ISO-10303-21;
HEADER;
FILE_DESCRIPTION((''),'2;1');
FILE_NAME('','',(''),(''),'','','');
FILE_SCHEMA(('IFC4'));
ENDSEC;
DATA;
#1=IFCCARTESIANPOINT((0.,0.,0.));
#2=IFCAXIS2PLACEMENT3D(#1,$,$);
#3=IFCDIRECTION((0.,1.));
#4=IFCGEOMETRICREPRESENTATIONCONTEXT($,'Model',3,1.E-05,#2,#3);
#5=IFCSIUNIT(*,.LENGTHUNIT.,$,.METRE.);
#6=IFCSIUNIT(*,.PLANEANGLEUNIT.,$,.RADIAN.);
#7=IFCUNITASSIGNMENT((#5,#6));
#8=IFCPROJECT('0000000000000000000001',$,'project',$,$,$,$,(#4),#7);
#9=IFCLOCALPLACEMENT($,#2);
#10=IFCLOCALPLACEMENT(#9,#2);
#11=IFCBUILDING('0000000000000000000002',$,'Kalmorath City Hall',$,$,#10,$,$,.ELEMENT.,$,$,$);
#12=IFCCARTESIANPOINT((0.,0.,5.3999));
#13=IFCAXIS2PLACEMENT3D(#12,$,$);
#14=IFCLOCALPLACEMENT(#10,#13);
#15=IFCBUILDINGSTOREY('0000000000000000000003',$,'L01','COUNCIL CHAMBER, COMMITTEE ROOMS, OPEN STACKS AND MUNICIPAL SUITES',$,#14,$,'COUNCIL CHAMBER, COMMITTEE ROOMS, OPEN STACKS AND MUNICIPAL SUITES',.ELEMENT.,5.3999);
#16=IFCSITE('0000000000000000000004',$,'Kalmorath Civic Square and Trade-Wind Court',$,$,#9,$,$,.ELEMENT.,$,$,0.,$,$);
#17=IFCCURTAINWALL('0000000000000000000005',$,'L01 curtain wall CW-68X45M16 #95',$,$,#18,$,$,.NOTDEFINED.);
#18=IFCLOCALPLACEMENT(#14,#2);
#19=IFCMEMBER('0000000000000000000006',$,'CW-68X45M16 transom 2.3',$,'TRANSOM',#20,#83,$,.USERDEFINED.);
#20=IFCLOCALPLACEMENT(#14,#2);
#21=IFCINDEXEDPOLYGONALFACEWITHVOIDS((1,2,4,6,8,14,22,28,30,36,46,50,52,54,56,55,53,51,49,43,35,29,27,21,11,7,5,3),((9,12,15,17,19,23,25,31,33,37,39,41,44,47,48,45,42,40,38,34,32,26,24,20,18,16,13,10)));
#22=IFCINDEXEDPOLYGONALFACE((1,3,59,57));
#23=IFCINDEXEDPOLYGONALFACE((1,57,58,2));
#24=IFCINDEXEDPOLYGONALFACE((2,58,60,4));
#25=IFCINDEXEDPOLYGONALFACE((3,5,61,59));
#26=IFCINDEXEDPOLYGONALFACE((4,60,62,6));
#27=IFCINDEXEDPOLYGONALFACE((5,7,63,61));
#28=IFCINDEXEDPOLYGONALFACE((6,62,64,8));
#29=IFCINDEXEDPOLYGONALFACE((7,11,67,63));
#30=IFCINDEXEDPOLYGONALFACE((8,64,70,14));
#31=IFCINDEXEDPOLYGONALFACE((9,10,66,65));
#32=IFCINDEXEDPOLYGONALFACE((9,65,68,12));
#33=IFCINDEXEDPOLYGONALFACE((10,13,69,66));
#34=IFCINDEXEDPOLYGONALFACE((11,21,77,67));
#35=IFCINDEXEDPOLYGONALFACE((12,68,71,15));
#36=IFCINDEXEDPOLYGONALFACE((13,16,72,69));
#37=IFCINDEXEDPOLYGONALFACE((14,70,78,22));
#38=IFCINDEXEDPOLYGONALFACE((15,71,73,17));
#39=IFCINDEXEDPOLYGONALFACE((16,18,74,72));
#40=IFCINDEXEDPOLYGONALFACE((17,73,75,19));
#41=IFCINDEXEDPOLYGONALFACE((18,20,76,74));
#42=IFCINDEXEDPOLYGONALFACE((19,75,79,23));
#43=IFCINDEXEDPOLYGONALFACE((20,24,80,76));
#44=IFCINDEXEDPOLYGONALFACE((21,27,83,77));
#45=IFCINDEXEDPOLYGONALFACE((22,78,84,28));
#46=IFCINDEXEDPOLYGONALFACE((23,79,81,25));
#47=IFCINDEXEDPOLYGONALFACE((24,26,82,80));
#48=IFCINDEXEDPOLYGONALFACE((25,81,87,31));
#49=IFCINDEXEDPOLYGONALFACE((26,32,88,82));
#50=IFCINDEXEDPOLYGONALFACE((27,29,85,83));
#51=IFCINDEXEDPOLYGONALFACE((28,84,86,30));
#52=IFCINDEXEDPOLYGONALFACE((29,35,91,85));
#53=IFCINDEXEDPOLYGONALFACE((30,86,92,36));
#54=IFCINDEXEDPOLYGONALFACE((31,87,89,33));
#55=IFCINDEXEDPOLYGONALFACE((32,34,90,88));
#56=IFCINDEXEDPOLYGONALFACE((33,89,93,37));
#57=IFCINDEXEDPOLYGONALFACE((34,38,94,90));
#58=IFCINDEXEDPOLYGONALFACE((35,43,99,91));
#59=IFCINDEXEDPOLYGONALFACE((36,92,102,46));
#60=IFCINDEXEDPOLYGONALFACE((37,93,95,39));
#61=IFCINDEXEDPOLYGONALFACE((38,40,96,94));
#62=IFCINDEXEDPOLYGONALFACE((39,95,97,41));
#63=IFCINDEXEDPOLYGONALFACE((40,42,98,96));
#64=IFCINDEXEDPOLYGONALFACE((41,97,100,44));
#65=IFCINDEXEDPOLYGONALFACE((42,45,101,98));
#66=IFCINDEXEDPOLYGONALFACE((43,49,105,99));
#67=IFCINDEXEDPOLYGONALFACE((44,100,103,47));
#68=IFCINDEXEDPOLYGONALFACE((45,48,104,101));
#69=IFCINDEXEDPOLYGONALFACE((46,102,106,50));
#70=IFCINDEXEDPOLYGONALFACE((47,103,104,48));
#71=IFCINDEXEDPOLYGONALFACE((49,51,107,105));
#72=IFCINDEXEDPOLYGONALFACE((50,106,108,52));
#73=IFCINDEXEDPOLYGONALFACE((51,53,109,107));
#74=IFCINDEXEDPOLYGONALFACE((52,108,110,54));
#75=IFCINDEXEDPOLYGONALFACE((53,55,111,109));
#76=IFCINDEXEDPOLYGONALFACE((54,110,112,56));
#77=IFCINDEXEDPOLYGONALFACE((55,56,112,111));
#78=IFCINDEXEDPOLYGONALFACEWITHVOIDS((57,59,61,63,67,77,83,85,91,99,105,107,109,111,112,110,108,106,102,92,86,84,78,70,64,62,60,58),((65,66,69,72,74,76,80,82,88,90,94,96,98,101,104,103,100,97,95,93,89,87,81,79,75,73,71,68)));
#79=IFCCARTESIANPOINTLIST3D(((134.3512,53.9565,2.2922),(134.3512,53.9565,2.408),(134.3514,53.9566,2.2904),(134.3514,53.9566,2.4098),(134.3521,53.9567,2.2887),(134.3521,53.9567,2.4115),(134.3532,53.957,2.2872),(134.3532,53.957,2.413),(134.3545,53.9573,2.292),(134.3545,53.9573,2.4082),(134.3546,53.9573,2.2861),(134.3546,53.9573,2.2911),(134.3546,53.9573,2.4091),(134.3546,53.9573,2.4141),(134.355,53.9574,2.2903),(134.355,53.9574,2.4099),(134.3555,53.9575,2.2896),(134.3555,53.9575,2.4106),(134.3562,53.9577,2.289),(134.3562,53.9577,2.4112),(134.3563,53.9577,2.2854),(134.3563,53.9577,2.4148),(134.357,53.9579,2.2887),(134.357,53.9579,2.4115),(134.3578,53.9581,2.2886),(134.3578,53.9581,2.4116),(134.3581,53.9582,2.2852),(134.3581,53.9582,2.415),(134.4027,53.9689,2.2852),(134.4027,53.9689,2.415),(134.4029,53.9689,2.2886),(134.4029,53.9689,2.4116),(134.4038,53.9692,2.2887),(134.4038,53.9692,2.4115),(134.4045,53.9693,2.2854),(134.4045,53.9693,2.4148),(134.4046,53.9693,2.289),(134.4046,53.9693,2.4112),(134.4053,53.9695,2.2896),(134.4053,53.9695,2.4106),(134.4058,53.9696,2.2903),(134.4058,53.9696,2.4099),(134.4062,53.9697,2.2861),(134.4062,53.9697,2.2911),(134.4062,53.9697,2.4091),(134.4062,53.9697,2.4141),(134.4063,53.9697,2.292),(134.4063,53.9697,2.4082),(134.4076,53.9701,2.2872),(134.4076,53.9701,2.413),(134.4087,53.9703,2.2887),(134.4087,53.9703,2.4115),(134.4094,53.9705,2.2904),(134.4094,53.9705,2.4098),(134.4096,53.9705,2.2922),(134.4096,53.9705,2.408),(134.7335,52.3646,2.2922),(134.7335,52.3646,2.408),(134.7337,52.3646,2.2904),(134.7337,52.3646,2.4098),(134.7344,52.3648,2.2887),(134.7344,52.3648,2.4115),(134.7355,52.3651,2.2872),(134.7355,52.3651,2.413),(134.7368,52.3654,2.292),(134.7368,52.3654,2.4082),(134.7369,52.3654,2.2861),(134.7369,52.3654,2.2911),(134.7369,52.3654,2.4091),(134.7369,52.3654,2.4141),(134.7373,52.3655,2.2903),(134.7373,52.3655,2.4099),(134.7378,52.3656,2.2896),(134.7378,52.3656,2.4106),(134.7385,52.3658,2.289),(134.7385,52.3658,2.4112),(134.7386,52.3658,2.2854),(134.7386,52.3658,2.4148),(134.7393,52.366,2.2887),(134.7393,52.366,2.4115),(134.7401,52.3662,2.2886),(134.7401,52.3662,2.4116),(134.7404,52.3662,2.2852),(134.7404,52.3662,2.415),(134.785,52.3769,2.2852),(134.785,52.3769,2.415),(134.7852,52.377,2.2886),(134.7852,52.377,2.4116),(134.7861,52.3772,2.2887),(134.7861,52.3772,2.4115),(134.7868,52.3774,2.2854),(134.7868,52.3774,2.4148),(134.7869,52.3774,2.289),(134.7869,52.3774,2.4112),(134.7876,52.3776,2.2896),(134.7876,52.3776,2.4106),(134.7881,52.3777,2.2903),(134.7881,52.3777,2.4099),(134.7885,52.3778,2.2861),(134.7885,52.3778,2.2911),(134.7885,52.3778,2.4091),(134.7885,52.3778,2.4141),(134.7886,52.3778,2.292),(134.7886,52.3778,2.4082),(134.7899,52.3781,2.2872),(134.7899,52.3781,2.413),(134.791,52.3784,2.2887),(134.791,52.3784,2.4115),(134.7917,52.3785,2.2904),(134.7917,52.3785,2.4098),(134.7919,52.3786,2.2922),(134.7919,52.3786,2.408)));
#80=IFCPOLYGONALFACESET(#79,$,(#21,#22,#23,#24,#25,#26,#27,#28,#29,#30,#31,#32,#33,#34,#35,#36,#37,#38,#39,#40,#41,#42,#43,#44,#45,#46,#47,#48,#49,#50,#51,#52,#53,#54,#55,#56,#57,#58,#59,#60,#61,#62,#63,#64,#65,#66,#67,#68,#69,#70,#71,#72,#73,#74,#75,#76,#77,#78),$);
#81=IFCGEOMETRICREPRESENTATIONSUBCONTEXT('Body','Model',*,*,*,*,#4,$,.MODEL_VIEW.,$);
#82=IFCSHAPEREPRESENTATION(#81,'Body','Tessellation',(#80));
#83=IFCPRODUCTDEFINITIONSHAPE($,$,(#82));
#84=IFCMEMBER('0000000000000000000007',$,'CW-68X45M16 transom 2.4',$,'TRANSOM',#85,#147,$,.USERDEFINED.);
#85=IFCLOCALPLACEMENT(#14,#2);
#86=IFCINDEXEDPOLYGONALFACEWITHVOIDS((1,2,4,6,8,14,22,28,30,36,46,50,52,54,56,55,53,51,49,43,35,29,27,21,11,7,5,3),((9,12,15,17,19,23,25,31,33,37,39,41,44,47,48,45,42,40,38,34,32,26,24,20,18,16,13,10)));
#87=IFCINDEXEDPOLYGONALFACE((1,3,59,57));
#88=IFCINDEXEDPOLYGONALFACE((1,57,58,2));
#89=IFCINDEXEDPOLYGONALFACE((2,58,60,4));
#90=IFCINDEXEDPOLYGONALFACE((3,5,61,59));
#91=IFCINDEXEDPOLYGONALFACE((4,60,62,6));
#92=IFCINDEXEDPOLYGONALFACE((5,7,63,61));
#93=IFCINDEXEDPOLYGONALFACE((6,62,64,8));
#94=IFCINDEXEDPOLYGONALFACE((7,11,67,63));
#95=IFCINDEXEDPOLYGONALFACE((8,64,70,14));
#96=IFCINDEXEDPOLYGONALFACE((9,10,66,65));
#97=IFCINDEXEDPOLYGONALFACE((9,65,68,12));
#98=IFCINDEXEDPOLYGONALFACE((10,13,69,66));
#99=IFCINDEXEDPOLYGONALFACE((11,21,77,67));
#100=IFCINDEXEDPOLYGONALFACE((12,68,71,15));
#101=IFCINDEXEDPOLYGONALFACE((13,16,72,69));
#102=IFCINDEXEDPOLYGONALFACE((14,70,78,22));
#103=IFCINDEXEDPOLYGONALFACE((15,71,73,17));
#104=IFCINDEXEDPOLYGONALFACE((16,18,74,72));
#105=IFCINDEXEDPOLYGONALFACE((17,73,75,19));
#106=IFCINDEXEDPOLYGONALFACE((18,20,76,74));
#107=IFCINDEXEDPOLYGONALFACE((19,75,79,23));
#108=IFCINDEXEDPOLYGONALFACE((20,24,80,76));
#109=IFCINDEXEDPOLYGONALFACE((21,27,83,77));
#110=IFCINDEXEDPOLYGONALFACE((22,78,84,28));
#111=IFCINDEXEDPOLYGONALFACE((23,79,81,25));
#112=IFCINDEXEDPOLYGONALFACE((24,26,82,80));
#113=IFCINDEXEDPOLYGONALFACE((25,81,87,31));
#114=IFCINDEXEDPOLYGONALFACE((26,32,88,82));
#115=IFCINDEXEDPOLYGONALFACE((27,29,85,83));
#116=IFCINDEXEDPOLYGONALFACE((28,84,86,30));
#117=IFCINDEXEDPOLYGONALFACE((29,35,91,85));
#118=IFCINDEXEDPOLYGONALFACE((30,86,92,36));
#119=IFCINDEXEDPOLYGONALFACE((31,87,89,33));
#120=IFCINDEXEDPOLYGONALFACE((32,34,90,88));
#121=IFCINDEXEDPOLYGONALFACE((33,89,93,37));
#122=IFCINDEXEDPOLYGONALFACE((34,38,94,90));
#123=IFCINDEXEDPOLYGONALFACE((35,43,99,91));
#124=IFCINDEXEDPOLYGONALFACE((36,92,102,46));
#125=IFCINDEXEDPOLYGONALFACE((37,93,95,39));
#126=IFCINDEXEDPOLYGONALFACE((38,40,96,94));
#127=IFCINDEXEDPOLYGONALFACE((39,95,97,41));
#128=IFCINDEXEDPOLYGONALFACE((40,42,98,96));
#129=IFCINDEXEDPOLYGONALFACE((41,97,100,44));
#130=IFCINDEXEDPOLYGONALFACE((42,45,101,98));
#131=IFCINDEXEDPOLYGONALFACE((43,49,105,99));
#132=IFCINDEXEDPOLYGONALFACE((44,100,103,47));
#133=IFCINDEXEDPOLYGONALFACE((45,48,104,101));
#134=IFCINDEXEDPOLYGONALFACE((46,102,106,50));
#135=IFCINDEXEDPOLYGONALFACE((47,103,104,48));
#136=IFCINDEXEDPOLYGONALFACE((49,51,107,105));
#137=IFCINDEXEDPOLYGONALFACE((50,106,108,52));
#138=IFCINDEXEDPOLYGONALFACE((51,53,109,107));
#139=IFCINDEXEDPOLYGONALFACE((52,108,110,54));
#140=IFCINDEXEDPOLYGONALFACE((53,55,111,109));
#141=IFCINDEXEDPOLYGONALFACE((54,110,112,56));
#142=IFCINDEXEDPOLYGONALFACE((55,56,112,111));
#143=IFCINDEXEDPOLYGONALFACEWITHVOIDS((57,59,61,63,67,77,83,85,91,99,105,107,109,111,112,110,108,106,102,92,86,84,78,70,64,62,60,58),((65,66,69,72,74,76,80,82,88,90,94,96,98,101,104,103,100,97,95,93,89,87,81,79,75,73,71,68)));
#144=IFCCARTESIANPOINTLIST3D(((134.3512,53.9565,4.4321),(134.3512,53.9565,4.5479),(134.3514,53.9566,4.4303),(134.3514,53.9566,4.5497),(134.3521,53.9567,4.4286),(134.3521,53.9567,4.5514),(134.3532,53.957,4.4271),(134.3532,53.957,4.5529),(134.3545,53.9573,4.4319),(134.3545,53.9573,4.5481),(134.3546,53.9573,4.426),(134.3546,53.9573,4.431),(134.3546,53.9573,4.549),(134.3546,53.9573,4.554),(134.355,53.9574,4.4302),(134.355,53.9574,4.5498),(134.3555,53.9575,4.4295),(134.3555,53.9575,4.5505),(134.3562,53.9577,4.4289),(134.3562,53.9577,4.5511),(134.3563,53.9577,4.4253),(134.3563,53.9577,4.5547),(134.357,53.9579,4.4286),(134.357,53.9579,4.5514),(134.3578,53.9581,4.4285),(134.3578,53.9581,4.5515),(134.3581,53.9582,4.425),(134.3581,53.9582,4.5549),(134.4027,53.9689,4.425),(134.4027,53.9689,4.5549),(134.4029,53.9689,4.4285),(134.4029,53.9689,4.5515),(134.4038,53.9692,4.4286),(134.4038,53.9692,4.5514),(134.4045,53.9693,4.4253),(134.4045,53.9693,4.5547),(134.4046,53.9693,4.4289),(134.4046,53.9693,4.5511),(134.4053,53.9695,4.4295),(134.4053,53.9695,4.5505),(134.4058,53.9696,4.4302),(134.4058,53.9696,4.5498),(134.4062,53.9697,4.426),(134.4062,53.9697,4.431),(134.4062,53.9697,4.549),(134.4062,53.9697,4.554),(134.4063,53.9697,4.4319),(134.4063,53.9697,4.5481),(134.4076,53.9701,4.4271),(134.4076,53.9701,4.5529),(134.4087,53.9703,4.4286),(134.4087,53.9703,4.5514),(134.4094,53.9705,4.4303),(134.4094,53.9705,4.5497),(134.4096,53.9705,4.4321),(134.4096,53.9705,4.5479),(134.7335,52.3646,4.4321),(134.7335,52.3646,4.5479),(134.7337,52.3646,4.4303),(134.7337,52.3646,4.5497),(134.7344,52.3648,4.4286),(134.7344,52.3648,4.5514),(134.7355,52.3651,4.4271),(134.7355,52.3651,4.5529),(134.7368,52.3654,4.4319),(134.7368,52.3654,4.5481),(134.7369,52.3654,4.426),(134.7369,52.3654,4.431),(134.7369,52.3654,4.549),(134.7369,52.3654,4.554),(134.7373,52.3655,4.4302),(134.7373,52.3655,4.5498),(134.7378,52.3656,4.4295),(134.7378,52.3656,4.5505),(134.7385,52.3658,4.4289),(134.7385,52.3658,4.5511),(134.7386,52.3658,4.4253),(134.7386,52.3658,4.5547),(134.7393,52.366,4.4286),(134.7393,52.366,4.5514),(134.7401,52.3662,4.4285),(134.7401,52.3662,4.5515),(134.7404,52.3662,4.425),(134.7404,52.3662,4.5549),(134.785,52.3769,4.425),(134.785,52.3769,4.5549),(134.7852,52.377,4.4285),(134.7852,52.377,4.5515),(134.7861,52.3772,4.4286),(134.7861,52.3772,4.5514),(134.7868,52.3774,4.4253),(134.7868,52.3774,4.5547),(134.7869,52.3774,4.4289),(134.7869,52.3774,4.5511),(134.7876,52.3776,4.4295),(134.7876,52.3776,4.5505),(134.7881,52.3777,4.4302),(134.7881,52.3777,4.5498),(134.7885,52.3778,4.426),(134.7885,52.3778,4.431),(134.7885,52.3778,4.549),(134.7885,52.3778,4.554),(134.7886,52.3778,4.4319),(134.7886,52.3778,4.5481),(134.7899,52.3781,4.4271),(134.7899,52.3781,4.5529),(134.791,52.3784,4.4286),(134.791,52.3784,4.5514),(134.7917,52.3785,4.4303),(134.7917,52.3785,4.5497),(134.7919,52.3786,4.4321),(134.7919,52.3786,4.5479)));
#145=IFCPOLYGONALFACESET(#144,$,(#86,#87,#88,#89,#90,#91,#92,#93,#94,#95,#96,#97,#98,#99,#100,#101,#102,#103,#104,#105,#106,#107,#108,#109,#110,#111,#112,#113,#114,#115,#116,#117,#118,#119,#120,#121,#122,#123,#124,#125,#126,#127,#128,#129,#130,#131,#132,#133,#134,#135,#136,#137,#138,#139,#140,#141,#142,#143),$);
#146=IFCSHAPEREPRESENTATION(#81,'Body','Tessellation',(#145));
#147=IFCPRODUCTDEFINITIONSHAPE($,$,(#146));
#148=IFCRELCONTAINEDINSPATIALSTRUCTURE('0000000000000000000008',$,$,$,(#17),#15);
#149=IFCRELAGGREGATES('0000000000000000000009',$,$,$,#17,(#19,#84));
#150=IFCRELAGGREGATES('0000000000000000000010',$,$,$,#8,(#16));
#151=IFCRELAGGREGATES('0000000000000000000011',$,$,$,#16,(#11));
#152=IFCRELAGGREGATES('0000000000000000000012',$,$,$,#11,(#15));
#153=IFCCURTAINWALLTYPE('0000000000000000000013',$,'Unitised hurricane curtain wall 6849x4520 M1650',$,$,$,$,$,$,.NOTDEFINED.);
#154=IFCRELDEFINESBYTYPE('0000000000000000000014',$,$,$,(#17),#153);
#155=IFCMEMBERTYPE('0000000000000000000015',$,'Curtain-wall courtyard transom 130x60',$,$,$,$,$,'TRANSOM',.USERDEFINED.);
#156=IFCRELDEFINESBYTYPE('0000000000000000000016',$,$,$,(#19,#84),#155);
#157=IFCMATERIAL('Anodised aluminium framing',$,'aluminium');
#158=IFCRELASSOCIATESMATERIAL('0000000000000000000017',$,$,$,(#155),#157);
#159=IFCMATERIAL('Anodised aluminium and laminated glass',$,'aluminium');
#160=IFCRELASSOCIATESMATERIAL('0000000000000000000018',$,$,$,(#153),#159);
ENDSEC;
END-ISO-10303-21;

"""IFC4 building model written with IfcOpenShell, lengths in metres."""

from ifc_helpers import new_model, si_unit, direction, frame, origin, origin_2d, place, context, subcontext, project, spatial, hollow_rectangle, extrude, material, material_profile, profile_set, type_object, element, aggregate, save


model = new_model("IFC4")

# Units and contexts
model_context = context("Model", 3, precision=1e-05, world=origin(), true_north=direction((0.0, 1.0)))
body_context = subcontext(model_context, "Body", "Model", "MODEL_VIEW")
ifc_project = project(units=[si_unit("LENGTHUNIT", "METRE"), si_unit("PLANEANGLEUNIT", "RADIAN")], contexts=[model_context])

# Site, building, storey
site_placement = place(None, origin())
site = spatial("IfcSite", under=ifc_project, at=site_placement, Name="Kalmorath Civic Square and Trade-Wind Court", CompositionType="ELEMENT", RefElevation=0.0)
building_placement = place(site_placement, origin())
building = spatial("IfcBuilding", under=site, at=building_placement, Name="Kalmorath City Hall", CompositionType="ELEMENT")
storey_placement = place(building_placement, frame((0.0, 0.0, 5.3999)))
storey = spatial("IfcBuildingStorey", under=building, at=storey_placement, Name="L01", Description="COUNCIL CHAMBER, COMMITTEE ROOMS, OPEN STACKS AND MUNICIPAL SUITES", LongName="COUNCIL CHAMBER, COMMITTEE ROOMS, OPEN STACKS AND MUNICIPAL SUITES", CompositionType="ELEMENT", Elevation=5.3999)

# Curtain wall, members
ifc_material_1 = material(Name="Anodised aluminium framing", Category="aluminium")
ifc_material_profile_1 = material_profile(ifc_material_1, hollow_rectangle(XDim=0.0601, YDim=0.1299, WallThickness=0.0034, InnerFilletRadius=0.0034, OuterFilletRadius=0.0071, at=origin_2d()), Name="ALU-TRN-130X60X3.5")
ifc_profile_set_1 = profile_set([ifc_material_profile_1], Name="Anodised aluminium framing")
member_type_1 = type_object("IfcMemberType", Name="Curtain-wall courtyard transom 130x60", ElementType="TRANSOM", PredefinedType="USERDEFINED", material=ifc_profile_set_1)
ifc_material_2 = material(Name="Anodised aluminium and laminated glass", Category="aluminium")
curtain_wall_type_1 = type_object("IfcCurtainWallType", Name="Unitised hurricane curtain wall 6849x4520 M1650", PredefinedType="NOTDEFINED", material=ifc_material_2)
curtain_wall_1_placement = place(storey_placement, origin())
curtain_wall_1 = element("IfcCurtainWall", 1, at=curtain_wall_1_placement, inside=storey, type_object=curtain_wall_type_1, Name="L01 curtain wall CW-68X45M16 #95", PredefinedType="NOTDEFINED")
member_1_placement = place(storey_placement, frame((134.7627, 52.3716, 2.3501), z_axis=(-0.233508, 0.972355, 0.0), x_axis=(-0.972355, -0.233508, 0.0)))
member_1 = element("IfcMember", 2, at=member_1_placement, type_object=member_type_1, Name="CW-68X45M16 transom 2.3", ObjectType="TRANSOM", PredefinedType="USERDEFINED", context=body_context, shape_type="SweptSolid", body=[
    extrude(hollow_rectangle(XDim=0.0601, YDim=0.1299, WallThickness=0.0034, InnerFilletRadius=0.0034, OuterFilletRadius=0.0071, at=origin_2d()), origin(), (0.0, 0.0, 1.0), 1.6372),
])
member_2_placement = place(storey_placement, frame((134.7627, 52.3716, 4.49), z_axis=(-0.233508, 0.972355, 0.0), x_axis=(-0.972355, -0.233508, 0.0)))
member_2 = element("IfcMember", 3, at=member_2_placement, type_object=member_type_1, Name="CW-68X45M16 transom 2.4", ObjectType="TRANSOM", PredefinedType="USERDEFINED", context=body_context, shape_type="SweptSolid", body=[
    extrude(hollow_rectangle(XDim=0.0601, YDim=0.1299, WallThickness=0.0034, InnerFilletRadius=0.0034, OuterFilletRadius=0.0071, at=origin_2d()), origin(), (0.0, 0.0, 1.0), 1.6372),
])

aggregate(curtain_wall_1, [member_1, member_2])

save(model, "model.ifc")
